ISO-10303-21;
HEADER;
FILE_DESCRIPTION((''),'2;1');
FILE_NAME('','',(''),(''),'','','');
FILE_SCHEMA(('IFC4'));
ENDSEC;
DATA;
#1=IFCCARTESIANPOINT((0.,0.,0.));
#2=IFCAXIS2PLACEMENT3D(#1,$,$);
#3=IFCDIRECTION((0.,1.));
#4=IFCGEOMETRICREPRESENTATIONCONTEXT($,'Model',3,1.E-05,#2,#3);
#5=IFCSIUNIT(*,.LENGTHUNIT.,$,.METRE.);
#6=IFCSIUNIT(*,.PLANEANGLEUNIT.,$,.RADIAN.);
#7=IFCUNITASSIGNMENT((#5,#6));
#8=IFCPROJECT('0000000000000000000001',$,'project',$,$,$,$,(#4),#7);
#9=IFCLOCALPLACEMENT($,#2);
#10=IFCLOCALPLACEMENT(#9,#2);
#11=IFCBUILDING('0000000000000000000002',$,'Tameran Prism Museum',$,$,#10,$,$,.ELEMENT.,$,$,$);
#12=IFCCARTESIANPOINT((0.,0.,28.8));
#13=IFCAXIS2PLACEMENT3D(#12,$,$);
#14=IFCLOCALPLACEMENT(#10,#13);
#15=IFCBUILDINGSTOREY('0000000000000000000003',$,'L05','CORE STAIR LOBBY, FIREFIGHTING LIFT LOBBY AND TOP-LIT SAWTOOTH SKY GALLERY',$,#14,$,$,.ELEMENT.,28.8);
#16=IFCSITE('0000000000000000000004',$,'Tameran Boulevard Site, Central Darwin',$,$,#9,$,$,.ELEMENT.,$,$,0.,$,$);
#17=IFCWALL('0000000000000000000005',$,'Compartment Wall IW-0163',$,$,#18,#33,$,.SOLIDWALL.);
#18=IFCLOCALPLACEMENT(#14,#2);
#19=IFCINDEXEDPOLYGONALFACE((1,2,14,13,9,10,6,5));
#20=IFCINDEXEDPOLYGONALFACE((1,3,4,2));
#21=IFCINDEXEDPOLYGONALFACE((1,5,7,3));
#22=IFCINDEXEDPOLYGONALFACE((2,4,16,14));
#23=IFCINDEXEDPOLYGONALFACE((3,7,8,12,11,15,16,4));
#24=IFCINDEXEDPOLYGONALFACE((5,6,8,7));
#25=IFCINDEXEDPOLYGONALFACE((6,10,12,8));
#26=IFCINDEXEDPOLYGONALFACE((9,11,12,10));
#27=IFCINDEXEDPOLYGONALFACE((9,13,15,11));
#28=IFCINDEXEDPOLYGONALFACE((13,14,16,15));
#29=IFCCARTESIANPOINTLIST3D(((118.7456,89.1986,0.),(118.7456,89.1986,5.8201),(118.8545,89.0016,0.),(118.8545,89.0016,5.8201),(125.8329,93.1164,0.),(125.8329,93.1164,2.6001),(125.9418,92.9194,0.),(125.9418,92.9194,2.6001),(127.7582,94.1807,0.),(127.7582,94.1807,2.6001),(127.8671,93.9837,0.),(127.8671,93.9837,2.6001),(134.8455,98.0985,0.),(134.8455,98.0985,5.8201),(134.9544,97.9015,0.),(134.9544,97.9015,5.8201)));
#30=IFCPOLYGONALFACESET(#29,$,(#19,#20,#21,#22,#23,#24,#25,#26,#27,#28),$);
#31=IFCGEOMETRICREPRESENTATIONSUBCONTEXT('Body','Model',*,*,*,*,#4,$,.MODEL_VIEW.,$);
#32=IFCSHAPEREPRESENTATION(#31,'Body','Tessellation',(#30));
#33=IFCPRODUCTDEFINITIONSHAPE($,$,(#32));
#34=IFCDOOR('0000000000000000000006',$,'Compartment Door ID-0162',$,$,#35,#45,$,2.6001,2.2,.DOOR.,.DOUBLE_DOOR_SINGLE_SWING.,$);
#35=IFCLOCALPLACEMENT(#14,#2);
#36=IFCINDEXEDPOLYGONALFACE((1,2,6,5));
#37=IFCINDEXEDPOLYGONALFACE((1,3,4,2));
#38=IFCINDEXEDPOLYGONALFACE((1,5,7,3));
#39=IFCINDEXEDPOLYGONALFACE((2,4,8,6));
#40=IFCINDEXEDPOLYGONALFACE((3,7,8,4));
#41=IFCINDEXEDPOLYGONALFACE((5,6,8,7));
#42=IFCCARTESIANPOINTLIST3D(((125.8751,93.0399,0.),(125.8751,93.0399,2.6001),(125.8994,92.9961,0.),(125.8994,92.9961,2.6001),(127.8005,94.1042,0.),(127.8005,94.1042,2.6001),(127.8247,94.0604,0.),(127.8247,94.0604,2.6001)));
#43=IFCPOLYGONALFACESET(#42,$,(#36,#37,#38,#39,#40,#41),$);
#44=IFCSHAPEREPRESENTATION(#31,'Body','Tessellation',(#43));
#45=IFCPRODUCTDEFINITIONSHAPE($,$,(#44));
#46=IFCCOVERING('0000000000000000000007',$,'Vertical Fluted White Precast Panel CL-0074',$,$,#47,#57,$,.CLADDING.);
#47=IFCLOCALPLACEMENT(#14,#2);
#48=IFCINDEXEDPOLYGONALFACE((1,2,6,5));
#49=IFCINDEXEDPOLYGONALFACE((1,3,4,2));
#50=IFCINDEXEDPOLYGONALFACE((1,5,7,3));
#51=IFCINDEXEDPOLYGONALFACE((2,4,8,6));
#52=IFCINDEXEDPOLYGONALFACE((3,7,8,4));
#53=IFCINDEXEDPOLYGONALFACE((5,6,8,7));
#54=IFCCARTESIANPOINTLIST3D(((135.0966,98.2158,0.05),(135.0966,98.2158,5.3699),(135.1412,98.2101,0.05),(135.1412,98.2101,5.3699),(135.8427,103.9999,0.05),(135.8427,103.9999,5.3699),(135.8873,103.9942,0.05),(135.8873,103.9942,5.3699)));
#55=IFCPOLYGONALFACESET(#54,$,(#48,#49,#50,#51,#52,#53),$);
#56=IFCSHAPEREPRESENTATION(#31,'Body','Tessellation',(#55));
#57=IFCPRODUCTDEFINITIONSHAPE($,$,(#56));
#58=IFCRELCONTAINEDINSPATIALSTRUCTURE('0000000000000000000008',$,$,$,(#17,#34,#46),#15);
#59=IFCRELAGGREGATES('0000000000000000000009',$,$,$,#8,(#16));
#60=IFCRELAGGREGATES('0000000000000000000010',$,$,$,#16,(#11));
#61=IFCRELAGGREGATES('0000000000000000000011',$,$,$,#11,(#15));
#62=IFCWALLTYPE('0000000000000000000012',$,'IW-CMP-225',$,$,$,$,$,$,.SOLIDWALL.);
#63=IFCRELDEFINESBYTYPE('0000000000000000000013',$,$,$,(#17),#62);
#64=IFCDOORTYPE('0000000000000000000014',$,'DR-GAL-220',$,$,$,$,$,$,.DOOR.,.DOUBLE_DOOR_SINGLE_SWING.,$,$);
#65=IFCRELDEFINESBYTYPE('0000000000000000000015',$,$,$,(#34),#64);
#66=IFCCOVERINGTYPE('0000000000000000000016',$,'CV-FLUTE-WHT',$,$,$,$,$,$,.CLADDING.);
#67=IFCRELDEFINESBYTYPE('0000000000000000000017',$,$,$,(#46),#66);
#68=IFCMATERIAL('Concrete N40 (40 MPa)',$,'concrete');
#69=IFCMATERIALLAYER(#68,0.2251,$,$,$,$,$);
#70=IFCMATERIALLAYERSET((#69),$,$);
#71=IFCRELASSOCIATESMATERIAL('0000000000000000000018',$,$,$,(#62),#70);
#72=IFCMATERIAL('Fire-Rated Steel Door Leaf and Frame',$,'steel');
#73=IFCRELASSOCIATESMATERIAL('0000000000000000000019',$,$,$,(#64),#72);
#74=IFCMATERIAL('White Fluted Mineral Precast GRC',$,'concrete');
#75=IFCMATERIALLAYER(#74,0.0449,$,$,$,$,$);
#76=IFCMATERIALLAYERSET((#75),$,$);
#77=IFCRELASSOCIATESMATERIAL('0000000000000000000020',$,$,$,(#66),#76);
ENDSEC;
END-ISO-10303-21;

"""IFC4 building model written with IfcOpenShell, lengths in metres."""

from ifc_helpers import new_model, si_unit, direction, frame, frame_2d, origin, place, context, subcontext, project, spatial, rectangle, extrude, material, layer, layer_set, type_object, element, fill, save


model = new_model("IFC4")

# Units and contexts
model_context = context("Model", 3, precision=1e-05, world=origin(), true_north=direction((0.0, 1.0)))
body_context = subcontext(model_context, "Body", "Model", "MODEL_VIEW")
ifc_project = project(units=[si_unit("LENGTHUNIT", "METRE"), si_unit("PLANEANGLEUNIT", "RADIAN")], contexts=[model_context])

# Site, building, storey
site_placement = place(None, origin())
site = spatial("IfcSite", under=ifc_project, at=site_placement, Name="Tameran Boulevard Site, Central Darwin", CompositionType="ELEMENT", RefElevation=0.0)
building_placement = place(site_placement, origin())
building = spatial("IfcBuilding", under=site, at=building_placement, Name="Tameran Prism Museum", CompositionType="ELEMENT")
storey_placement = place(building_placement, frame((0.0, 0.0, 28.8)))
storey = spatial("IfcBuildingStorey", under=building, at=storey_placement, Name="L05", Description="CORE STAIR LOBBY, FIREFIGHTING LIFT LOBBY AND TOP-LIT SAWTOOTH SKY GALLERY", CompositionType="ELEMENT", Elevation=28.8)

# Wall, opening, door
ifc_material_1 = material(Name="Concrete N40 (40 MPa)", Category="concrete")
ifc_layer_1 = layer(ifc_material_1, 0.2251)
ifc_layer_set_1 = layer_set([ifc_layer_1])
wall_type_1 = type_object("IfcWallType", Name="IW-CMP-225", PredefinedType="SOLIDWALL", material=ifc_layer_set_1)
wall_1_placement = place(storey_placement, frame((134.8999, 98.0, 0.0), z_axis=(0.0, 0.0, 1.0), x_axis=(-0.875181, -0.483795, 0.0)))
wall_1 = element("IfcWall", 1, at=wall_1_placement, inside=storey, type_object=wall_type_1, Name="Compartment Wall IW-0163", PredefinedType="SOLIDWALL", context=body_context, shape_type="SweptSolid", body=[
    extrude(rectangle(XDim=18.396, YDim=0.2251, at=frame_2d((9.198, 0.0))), origin(), (0.0, 0.0, 1.0), 5.8201),
])
opening_1_placement = place(wall_1_placement, frame((8.0979, 0.0, 0.0)))
opening_1 = element("IfcOpeningElement", 2, at=opening_1_placement, cuts=wall_1, PredefinedType="OPENING", context=body_context, shape_type="SweptSolid", body=[
    extrude(rectangle(XDim=2.2, YDim=2.6001, at=frame_2d((1.1001, 1.3))), frame((0.0, 0.1226, 0.0), z_axis=(0.0, -1.0, 0.0), x_axis=(1.0, 0.0, 0.0)), (0.0, 0.0, 1.0), 0.2451),
])
ifc_material_2 = material(Name="Fire-Rated Steel Door Leaf and Frame", Category="steel")
door_type = type_object("IfcDoorType", Name="DR-GAL-220", OperationType="DOUBLE_DOOR_SINGLE_SWING", PredefinedType="DOOR", material=ifc_material_2)
door_placement = place(opening_1_placement, origin())
door = element("IfcDoor", 3, at=door_placement, inside=storey, type_object=door_type, Name="Compartment Door ID-0162", OperationType="DOUBLE_DOOR_SINGLE_SWING", OverallHeight=2.6001, OverallWidth=2.2, PredefinedType="DOOR", context=body_context, shape_type="SweptSolid", body=[
    extrude(rectangle(XDim=2.2, YDim=2.6001, at=frame_2d((1.1001, 1.3))), frame((0.0, 0.0249, 0.0), z_axis=(0.0, -1.0, 0.0), x_axis=(1.0, 0.0, 0.0)), (0.0, 0.0, 1.0), 0.05),
])
fill(opening_1, door)

# Covering
ifc_material_3 = material(Name="White Fluted Mineral Precast GRC", Category="concrete")
ifc_layer_2 = layer(ifc_material_3, 0.0449)
ifc_layer_set_2 = layer_set([ifc_layer_2])
covering_type = type_object("IfcCoveringType", Name="CV-FLUTE-WHT", PredefinedType="CLADDING", material=ifc_layer_set_2)
covering_placement = place(storey_placement, frame((135.865, 103.9971, 0.05), z_axis=(0.0, 0.0, 1.0), x_axis=(-0.127929, -0.991783, 0.0)))
element("IfcCovering", 4, at=covering_placement, inside=storey, type_object=covering_type, Name="Vertical Fluted White Precast Panel CL-0074", PredefinedType="CLADDING", context=body_context, shape_type="SweptSolid", body=[
    extrude(rectangle(XDim=5.832, YDim=0.0449, at=frame_2d((2.916, 0.0))), origin(), (0.0, 0.0, 1.0), 5.3198),
])

save(model, "model.ifc")
